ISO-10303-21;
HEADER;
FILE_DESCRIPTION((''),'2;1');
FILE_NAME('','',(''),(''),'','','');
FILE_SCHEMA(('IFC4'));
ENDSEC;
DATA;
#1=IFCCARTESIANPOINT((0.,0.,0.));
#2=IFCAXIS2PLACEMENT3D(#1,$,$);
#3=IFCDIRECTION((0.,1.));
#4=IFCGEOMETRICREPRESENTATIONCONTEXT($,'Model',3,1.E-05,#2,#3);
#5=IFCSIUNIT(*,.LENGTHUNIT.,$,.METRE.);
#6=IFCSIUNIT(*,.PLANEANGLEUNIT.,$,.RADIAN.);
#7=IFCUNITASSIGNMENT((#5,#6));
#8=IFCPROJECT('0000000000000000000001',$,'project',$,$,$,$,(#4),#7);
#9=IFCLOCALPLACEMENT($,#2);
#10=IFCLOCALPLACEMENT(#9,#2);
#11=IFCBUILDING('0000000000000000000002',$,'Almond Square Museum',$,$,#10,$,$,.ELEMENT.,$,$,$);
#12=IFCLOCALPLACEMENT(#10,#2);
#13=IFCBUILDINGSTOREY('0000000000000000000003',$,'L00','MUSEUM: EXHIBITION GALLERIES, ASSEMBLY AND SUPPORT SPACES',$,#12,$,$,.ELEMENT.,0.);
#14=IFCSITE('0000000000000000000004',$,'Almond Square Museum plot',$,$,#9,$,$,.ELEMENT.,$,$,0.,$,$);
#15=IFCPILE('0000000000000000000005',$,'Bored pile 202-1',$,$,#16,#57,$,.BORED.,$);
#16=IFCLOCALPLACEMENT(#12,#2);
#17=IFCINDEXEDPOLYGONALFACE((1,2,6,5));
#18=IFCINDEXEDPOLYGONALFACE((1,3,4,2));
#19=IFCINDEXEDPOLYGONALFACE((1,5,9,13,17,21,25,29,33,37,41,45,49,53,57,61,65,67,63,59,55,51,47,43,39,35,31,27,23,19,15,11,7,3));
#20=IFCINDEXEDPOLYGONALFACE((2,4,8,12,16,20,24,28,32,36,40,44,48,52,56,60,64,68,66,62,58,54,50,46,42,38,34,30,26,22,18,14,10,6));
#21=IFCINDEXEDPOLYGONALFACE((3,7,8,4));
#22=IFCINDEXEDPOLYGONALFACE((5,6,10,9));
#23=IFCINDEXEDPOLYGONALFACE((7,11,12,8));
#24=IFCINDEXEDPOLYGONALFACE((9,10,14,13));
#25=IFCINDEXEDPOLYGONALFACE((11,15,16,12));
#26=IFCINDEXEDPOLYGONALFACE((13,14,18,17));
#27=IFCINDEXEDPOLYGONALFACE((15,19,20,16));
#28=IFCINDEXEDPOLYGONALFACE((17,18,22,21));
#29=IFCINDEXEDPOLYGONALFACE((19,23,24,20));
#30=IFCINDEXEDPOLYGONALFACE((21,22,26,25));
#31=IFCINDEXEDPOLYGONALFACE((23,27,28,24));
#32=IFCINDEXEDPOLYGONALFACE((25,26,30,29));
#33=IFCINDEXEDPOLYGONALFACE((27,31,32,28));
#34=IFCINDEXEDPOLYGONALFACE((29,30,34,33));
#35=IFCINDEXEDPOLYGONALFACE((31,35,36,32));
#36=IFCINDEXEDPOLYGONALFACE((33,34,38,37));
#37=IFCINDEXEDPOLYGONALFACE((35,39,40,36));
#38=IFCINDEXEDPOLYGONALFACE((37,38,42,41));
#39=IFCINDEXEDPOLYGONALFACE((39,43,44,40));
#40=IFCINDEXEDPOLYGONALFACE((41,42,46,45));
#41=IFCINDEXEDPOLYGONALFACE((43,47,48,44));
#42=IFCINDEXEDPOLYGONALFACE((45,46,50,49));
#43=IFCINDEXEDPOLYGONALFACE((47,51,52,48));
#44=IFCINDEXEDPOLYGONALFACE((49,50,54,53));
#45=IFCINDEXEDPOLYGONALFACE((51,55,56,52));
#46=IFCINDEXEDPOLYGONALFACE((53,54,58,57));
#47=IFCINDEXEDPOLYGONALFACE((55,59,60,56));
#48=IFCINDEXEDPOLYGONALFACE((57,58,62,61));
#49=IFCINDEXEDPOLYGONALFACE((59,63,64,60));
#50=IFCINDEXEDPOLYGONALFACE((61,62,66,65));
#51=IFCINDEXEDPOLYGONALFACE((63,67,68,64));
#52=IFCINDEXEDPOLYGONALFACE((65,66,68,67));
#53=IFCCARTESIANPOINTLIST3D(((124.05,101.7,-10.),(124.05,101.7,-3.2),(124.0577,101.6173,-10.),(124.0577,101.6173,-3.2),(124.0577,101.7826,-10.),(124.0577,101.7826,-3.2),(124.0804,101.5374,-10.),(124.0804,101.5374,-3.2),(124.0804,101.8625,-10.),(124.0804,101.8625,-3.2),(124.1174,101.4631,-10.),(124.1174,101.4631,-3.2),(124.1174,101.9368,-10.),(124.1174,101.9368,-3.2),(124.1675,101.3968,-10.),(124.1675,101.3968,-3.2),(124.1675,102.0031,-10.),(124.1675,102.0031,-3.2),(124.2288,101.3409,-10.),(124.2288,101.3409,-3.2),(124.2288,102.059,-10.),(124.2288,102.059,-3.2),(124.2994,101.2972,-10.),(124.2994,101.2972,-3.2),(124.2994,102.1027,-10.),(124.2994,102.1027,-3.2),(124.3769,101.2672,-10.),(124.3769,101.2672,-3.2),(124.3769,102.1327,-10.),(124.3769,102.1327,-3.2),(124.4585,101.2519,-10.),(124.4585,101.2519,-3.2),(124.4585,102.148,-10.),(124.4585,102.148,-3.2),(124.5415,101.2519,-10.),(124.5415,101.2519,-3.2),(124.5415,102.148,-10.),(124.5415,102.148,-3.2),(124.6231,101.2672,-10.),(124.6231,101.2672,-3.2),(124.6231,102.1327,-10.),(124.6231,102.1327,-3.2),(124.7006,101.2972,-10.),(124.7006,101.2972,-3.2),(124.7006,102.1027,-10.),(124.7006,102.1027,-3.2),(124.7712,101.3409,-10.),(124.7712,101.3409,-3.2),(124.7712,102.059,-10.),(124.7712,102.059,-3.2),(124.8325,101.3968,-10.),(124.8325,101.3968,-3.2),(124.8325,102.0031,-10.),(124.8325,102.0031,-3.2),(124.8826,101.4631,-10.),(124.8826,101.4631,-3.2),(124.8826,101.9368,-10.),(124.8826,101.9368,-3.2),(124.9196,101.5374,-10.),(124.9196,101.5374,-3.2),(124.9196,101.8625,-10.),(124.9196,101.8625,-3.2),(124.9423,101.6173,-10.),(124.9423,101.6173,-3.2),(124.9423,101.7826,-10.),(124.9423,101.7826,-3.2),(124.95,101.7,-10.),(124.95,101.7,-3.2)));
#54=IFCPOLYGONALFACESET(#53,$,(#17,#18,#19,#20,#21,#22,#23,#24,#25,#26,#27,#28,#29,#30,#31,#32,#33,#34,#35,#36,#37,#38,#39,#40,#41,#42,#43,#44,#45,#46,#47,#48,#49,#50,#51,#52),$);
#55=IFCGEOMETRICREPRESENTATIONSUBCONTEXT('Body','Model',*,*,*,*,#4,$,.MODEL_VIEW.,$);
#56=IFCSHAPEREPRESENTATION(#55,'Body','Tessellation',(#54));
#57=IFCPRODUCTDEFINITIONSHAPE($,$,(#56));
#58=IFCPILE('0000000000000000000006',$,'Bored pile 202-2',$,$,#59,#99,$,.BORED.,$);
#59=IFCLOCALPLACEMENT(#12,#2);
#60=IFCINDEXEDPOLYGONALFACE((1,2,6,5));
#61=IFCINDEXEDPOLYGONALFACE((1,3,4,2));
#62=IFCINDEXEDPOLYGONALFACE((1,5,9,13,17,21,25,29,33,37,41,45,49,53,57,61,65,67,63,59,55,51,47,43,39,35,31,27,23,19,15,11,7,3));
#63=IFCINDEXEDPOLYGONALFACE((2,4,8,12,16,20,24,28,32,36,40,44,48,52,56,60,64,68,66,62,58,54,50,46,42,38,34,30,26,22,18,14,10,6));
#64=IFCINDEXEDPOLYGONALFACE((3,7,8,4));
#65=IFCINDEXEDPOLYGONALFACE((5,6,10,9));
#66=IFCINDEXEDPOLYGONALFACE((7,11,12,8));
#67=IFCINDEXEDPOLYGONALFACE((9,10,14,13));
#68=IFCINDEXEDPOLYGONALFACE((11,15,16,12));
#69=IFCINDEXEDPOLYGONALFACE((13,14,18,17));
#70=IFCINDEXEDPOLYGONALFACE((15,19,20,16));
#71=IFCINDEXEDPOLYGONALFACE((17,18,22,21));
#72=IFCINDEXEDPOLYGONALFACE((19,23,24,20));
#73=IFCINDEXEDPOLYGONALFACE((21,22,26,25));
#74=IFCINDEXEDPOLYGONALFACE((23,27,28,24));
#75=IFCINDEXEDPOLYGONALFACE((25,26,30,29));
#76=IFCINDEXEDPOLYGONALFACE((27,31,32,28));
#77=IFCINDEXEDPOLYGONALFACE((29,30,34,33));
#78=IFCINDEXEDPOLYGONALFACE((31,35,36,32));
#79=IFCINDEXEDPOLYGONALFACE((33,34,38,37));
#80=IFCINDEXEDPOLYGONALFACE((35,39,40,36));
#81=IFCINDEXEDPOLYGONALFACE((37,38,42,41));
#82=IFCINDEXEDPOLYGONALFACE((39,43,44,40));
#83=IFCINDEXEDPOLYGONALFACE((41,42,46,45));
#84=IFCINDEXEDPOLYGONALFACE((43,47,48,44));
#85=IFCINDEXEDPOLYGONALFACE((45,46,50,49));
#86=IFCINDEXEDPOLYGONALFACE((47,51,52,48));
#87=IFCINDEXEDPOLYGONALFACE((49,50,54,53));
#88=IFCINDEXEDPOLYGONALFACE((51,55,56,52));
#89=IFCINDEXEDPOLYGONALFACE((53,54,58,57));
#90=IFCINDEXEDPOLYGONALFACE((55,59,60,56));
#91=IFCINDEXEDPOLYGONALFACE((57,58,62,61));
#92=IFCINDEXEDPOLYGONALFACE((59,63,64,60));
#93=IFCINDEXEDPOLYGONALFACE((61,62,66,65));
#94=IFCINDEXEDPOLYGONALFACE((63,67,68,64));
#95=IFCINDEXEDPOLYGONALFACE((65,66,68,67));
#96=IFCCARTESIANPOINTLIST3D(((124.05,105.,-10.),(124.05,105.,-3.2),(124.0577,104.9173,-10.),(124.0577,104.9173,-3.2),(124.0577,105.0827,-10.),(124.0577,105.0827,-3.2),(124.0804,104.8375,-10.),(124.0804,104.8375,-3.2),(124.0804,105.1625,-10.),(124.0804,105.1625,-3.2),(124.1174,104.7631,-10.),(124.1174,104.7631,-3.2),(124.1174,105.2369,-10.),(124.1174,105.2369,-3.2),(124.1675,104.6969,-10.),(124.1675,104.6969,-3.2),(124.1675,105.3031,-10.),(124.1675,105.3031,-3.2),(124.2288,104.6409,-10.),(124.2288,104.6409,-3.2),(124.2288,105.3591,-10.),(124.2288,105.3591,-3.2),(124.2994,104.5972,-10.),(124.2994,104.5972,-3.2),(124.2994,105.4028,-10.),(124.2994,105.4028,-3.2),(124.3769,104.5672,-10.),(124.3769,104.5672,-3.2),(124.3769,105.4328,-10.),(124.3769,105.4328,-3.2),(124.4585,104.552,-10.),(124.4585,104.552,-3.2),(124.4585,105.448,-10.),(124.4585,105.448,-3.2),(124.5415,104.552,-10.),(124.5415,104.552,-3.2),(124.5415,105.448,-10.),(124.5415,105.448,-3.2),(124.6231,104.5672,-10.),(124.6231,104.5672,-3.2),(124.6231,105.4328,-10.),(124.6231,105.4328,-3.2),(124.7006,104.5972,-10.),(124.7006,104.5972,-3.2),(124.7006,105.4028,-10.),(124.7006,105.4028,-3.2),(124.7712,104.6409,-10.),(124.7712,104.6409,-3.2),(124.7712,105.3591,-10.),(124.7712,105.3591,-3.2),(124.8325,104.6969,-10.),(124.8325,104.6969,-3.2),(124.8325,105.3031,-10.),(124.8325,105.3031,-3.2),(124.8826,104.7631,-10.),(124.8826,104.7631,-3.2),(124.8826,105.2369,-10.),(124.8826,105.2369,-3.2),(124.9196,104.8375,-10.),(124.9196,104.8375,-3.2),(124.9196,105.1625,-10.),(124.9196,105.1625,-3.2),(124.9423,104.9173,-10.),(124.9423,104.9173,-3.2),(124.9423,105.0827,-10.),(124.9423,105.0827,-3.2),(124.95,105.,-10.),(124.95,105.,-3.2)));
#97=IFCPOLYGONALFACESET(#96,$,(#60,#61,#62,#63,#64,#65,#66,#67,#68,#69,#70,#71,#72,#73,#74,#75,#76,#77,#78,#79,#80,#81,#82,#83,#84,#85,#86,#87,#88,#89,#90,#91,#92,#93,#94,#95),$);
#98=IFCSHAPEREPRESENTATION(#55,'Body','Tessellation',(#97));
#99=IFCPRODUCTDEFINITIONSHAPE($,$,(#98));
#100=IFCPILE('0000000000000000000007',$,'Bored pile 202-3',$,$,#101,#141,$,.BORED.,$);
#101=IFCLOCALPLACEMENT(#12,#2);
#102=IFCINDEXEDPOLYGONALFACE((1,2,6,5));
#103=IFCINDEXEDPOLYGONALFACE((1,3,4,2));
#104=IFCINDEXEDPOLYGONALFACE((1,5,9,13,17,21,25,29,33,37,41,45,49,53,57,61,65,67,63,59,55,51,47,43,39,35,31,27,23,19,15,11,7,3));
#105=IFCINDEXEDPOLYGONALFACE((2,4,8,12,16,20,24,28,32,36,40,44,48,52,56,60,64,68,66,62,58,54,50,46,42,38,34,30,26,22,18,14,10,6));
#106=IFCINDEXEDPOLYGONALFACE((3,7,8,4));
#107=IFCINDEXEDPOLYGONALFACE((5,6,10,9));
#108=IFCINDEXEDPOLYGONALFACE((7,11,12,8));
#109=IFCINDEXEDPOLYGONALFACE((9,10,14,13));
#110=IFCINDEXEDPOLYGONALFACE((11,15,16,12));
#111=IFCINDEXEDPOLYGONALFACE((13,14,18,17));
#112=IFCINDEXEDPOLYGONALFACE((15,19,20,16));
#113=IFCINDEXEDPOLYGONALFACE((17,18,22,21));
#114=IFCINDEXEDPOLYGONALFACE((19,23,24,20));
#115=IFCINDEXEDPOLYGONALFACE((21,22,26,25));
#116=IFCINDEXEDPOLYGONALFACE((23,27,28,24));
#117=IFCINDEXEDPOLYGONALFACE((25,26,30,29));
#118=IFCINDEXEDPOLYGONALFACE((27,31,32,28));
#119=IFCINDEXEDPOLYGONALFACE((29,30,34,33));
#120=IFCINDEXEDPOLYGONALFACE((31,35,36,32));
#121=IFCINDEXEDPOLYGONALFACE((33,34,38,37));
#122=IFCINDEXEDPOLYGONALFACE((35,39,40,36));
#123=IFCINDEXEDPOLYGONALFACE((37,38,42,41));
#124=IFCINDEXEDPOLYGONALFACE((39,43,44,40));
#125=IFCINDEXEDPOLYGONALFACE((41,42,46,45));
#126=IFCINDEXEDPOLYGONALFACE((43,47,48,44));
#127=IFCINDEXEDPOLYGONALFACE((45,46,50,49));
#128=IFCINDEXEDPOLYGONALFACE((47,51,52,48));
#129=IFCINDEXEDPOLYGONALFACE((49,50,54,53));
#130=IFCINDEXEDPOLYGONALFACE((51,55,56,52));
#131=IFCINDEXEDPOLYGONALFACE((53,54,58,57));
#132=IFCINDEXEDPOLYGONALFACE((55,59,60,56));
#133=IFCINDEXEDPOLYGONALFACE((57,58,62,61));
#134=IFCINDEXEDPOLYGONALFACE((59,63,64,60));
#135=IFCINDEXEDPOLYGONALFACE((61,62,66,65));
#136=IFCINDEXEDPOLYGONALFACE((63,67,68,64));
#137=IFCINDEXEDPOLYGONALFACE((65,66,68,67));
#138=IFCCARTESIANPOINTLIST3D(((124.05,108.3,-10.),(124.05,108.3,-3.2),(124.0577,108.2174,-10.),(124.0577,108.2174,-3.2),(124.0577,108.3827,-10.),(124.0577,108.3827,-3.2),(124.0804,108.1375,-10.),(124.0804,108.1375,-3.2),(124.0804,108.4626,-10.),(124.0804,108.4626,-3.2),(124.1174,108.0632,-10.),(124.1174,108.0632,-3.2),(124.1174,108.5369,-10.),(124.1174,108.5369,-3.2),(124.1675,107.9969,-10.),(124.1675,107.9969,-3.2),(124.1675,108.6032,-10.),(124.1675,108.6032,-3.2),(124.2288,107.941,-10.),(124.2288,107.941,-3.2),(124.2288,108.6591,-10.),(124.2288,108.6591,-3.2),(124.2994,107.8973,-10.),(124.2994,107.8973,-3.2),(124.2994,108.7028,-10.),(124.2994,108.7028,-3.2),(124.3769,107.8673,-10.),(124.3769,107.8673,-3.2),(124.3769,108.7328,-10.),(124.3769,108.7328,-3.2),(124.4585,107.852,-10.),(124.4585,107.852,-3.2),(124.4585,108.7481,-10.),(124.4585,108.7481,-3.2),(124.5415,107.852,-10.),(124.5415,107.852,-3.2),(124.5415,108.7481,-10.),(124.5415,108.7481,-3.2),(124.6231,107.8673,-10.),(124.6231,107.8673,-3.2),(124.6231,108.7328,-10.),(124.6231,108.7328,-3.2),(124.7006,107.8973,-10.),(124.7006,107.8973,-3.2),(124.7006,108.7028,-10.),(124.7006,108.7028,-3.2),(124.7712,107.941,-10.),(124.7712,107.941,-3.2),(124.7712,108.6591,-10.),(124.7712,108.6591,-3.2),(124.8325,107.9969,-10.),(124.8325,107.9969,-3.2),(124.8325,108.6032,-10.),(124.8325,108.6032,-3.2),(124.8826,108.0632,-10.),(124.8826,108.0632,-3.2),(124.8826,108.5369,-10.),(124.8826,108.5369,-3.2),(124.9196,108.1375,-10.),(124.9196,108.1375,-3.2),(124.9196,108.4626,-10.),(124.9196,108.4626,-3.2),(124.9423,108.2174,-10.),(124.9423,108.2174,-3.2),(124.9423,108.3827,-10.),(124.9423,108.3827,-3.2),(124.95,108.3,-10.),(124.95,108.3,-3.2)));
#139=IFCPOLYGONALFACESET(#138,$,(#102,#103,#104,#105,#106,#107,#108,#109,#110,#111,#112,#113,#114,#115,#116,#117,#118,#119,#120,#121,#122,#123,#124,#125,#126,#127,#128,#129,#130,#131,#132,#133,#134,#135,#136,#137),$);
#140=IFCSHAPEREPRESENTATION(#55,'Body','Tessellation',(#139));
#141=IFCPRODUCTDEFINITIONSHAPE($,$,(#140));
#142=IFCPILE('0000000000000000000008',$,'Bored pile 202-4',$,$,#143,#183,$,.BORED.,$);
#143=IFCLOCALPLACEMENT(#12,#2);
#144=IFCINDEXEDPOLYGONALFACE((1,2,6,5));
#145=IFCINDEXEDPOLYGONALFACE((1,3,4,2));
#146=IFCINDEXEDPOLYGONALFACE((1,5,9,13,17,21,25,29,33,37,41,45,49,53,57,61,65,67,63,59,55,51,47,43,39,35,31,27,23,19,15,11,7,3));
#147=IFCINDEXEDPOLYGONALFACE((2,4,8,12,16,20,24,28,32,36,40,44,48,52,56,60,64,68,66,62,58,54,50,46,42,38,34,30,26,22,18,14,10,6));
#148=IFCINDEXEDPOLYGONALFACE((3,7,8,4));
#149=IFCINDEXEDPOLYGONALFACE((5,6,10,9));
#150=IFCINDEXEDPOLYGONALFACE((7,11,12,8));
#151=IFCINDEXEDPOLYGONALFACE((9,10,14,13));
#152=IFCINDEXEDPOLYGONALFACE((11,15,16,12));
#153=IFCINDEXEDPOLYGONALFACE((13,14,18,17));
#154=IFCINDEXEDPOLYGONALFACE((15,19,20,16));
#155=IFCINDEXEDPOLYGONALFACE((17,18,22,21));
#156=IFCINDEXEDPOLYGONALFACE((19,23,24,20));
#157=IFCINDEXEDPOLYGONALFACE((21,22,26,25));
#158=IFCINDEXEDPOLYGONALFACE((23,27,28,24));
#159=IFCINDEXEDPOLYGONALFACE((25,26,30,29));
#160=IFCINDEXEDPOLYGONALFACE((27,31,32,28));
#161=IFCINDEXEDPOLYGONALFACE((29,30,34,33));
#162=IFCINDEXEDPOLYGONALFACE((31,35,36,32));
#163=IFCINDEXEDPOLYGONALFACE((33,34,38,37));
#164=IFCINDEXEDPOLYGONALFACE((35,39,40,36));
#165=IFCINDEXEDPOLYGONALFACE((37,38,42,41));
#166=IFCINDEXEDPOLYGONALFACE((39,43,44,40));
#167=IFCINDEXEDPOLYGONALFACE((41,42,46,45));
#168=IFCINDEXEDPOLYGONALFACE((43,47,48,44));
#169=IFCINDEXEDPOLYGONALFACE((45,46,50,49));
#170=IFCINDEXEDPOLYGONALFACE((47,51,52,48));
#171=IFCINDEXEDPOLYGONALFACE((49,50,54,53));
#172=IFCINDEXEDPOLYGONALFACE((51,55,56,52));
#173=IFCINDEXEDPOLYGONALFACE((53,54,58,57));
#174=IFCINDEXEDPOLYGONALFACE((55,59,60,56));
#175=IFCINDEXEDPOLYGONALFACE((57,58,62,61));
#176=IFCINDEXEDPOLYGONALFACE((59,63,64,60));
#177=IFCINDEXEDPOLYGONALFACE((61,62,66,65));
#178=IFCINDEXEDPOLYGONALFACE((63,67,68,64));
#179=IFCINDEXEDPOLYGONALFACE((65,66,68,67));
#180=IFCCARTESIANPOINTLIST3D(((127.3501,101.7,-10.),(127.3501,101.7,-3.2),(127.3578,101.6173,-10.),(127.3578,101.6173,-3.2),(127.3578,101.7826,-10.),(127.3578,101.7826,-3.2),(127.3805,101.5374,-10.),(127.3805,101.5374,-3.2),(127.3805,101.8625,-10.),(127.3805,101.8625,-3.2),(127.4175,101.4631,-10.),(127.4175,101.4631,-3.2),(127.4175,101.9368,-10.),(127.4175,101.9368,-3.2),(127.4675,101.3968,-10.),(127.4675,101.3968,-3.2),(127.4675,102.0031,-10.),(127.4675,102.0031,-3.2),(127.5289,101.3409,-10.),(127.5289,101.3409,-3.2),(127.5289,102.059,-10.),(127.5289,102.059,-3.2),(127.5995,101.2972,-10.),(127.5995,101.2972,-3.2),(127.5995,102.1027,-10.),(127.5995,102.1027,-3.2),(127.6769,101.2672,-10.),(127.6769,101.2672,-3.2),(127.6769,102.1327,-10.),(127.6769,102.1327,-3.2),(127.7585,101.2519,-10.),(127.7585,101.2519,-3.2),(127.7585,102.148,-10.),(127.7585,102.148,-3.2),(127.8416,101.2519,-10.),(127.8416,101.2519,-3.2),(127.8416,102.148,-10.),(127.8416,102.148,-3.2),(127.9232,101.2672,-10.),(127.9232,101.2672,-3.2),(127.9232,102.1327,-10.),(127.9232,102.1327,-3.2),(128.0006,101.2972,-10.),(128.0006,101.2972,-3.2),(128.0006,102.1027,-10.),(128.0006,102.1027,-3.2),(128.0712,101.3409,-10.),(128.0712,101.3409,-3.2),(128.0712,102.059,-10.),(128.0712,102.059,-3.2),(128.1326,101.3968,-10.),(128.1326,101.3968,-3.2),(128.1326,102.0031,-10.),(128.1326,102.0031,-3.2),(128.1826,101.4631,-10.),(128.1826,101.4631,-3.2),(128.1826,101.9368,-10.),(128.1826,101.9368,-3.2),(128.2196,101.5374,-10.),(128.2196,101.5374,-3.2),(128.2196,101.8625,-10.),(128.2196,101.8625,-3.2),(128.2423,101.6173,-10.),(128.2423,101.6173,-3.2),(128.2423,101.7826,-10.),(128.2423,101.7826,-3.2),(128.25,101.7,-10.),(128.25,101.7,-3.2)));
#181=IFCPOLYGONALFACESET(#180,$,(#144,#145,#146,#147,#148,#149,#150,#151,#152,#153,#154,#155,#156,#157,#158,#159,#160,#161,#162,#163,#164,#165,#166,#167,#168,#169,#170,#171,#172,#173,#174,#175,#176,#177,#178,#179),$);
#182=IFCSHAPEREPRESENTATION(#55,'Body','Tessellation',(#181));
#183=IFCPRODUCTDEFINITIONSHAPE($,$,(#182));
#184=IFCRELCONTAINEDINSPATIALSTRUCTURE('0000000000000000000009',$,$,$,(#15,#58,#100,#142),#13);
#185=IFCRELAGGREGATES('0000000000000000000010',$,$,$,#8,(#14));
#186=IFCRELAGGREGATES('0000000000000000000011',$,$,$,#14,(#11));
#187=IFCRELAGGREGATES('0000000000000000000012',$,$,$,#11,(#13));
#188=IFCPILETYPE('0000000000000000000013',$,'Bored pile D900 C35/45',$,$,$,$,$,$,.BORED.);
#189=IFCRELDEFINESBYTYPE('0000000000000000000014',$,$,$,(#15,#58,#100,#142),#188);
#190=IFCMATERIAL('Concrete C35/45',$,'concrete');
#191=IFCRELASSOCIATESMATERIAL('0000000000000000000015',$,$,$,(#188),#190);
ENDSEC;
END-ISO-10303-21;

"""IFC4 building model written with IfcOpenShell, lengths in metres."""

from ifc_helpers import new_model, si_unit, direction, frame, origin, origin_2d, place, context, subcontext, project, spatial, circle, extrude, material, material_profile, profile_set, type_object, element, save


model = new_model("IFC4")

# Units and contexts
model_context = context("Model", 3, precision=1e-05, world=origin(), true_north=direction((0.0, 1.0)))
body_context = subcontext(model_context, "Body", "Model", "MODEL_VIEW")
ifc_project = project(units=[si_unit("LENGTHUNIT", "METRE"), si_unit("PLANEANGLEUNIT", "RADIAN")], contexts=[model_context])

# Site, building, storey
site_placement = place(None, origin())
site = spatial("IfcSite", under=ifc_project, at=site_placement, Name="Almond Square Museum plot", CompositionType="ELEMENT", RefElevation=0.0)
building_placement = place(site_placement, origin())
building = spatial("IfcBuilding", under=site, at=building_placement, Name="Almond Square Museum", CompositionType="ELEMENT")
storey_placement = place(building_placement, origin())
storey = spatial("IfcBuildingStorey", under=building, at=storey_placement, Name="L00", Description="MUSEUM: EXHIBITION GALLERIES, ASSEMBLY AND SUPPORT SPACES", CompositionType="ELEMENT", Elevation=0.0)

# Piles
ifc_material_1 = material(Name="Concrete C35/45", Category="concrete")
ifc_material_profile_1 = material_profile(ifc_material_1, circle(Radius=0.45, at=origin_2d()))
ifc_profile_set_1 = profile_set([ifc_material_profile_1], Name="Concrete C35/45")
pile_type = type_object("IfcPileType", Name="Bored pile D900 C35/45", PredefinedType="BORED", material=ifc_profile_set_1)
for number, where, z_axis, x_axis, name in (
    (1, (124.5, 101.7, -3.2), (0.0, 0.0, -1.0), (1.0, 0.0, 0.0), "Bored pile 202-1"),
    (2, (124.5, 105.0, -3.2), (0.0, 0.0, -1.0), (1.0, 0.0, 0.0), "Bored pile 202-2"),
    (3, (124.5, 108.3, -3.2), (0.0, 0.0, -1.0), (1.0, 0.0, 0.0), "Bored pile 202-3"),
    (4, (127.8, 101.7, -3.2), (0.0, 0.0, -1.0), (1.0, 0.0, 0.0), "Bored pile 202-4"),
):
    element("IfcPile", number, at=place(storey_placement, frame(where, z_axis=z_axis, x_axis=x_axis)), inside=storey, type_object=pile_type, Name=name, PredefinedType="BORED", context=body_context, shape_type="SweptSolid", body=[
        extrude(circle(Radius=0.45, at=origin_2d()), origin(), (0.0, 0.0, 1.0), 6.8),
    ])

save(model, "model.ifc")
